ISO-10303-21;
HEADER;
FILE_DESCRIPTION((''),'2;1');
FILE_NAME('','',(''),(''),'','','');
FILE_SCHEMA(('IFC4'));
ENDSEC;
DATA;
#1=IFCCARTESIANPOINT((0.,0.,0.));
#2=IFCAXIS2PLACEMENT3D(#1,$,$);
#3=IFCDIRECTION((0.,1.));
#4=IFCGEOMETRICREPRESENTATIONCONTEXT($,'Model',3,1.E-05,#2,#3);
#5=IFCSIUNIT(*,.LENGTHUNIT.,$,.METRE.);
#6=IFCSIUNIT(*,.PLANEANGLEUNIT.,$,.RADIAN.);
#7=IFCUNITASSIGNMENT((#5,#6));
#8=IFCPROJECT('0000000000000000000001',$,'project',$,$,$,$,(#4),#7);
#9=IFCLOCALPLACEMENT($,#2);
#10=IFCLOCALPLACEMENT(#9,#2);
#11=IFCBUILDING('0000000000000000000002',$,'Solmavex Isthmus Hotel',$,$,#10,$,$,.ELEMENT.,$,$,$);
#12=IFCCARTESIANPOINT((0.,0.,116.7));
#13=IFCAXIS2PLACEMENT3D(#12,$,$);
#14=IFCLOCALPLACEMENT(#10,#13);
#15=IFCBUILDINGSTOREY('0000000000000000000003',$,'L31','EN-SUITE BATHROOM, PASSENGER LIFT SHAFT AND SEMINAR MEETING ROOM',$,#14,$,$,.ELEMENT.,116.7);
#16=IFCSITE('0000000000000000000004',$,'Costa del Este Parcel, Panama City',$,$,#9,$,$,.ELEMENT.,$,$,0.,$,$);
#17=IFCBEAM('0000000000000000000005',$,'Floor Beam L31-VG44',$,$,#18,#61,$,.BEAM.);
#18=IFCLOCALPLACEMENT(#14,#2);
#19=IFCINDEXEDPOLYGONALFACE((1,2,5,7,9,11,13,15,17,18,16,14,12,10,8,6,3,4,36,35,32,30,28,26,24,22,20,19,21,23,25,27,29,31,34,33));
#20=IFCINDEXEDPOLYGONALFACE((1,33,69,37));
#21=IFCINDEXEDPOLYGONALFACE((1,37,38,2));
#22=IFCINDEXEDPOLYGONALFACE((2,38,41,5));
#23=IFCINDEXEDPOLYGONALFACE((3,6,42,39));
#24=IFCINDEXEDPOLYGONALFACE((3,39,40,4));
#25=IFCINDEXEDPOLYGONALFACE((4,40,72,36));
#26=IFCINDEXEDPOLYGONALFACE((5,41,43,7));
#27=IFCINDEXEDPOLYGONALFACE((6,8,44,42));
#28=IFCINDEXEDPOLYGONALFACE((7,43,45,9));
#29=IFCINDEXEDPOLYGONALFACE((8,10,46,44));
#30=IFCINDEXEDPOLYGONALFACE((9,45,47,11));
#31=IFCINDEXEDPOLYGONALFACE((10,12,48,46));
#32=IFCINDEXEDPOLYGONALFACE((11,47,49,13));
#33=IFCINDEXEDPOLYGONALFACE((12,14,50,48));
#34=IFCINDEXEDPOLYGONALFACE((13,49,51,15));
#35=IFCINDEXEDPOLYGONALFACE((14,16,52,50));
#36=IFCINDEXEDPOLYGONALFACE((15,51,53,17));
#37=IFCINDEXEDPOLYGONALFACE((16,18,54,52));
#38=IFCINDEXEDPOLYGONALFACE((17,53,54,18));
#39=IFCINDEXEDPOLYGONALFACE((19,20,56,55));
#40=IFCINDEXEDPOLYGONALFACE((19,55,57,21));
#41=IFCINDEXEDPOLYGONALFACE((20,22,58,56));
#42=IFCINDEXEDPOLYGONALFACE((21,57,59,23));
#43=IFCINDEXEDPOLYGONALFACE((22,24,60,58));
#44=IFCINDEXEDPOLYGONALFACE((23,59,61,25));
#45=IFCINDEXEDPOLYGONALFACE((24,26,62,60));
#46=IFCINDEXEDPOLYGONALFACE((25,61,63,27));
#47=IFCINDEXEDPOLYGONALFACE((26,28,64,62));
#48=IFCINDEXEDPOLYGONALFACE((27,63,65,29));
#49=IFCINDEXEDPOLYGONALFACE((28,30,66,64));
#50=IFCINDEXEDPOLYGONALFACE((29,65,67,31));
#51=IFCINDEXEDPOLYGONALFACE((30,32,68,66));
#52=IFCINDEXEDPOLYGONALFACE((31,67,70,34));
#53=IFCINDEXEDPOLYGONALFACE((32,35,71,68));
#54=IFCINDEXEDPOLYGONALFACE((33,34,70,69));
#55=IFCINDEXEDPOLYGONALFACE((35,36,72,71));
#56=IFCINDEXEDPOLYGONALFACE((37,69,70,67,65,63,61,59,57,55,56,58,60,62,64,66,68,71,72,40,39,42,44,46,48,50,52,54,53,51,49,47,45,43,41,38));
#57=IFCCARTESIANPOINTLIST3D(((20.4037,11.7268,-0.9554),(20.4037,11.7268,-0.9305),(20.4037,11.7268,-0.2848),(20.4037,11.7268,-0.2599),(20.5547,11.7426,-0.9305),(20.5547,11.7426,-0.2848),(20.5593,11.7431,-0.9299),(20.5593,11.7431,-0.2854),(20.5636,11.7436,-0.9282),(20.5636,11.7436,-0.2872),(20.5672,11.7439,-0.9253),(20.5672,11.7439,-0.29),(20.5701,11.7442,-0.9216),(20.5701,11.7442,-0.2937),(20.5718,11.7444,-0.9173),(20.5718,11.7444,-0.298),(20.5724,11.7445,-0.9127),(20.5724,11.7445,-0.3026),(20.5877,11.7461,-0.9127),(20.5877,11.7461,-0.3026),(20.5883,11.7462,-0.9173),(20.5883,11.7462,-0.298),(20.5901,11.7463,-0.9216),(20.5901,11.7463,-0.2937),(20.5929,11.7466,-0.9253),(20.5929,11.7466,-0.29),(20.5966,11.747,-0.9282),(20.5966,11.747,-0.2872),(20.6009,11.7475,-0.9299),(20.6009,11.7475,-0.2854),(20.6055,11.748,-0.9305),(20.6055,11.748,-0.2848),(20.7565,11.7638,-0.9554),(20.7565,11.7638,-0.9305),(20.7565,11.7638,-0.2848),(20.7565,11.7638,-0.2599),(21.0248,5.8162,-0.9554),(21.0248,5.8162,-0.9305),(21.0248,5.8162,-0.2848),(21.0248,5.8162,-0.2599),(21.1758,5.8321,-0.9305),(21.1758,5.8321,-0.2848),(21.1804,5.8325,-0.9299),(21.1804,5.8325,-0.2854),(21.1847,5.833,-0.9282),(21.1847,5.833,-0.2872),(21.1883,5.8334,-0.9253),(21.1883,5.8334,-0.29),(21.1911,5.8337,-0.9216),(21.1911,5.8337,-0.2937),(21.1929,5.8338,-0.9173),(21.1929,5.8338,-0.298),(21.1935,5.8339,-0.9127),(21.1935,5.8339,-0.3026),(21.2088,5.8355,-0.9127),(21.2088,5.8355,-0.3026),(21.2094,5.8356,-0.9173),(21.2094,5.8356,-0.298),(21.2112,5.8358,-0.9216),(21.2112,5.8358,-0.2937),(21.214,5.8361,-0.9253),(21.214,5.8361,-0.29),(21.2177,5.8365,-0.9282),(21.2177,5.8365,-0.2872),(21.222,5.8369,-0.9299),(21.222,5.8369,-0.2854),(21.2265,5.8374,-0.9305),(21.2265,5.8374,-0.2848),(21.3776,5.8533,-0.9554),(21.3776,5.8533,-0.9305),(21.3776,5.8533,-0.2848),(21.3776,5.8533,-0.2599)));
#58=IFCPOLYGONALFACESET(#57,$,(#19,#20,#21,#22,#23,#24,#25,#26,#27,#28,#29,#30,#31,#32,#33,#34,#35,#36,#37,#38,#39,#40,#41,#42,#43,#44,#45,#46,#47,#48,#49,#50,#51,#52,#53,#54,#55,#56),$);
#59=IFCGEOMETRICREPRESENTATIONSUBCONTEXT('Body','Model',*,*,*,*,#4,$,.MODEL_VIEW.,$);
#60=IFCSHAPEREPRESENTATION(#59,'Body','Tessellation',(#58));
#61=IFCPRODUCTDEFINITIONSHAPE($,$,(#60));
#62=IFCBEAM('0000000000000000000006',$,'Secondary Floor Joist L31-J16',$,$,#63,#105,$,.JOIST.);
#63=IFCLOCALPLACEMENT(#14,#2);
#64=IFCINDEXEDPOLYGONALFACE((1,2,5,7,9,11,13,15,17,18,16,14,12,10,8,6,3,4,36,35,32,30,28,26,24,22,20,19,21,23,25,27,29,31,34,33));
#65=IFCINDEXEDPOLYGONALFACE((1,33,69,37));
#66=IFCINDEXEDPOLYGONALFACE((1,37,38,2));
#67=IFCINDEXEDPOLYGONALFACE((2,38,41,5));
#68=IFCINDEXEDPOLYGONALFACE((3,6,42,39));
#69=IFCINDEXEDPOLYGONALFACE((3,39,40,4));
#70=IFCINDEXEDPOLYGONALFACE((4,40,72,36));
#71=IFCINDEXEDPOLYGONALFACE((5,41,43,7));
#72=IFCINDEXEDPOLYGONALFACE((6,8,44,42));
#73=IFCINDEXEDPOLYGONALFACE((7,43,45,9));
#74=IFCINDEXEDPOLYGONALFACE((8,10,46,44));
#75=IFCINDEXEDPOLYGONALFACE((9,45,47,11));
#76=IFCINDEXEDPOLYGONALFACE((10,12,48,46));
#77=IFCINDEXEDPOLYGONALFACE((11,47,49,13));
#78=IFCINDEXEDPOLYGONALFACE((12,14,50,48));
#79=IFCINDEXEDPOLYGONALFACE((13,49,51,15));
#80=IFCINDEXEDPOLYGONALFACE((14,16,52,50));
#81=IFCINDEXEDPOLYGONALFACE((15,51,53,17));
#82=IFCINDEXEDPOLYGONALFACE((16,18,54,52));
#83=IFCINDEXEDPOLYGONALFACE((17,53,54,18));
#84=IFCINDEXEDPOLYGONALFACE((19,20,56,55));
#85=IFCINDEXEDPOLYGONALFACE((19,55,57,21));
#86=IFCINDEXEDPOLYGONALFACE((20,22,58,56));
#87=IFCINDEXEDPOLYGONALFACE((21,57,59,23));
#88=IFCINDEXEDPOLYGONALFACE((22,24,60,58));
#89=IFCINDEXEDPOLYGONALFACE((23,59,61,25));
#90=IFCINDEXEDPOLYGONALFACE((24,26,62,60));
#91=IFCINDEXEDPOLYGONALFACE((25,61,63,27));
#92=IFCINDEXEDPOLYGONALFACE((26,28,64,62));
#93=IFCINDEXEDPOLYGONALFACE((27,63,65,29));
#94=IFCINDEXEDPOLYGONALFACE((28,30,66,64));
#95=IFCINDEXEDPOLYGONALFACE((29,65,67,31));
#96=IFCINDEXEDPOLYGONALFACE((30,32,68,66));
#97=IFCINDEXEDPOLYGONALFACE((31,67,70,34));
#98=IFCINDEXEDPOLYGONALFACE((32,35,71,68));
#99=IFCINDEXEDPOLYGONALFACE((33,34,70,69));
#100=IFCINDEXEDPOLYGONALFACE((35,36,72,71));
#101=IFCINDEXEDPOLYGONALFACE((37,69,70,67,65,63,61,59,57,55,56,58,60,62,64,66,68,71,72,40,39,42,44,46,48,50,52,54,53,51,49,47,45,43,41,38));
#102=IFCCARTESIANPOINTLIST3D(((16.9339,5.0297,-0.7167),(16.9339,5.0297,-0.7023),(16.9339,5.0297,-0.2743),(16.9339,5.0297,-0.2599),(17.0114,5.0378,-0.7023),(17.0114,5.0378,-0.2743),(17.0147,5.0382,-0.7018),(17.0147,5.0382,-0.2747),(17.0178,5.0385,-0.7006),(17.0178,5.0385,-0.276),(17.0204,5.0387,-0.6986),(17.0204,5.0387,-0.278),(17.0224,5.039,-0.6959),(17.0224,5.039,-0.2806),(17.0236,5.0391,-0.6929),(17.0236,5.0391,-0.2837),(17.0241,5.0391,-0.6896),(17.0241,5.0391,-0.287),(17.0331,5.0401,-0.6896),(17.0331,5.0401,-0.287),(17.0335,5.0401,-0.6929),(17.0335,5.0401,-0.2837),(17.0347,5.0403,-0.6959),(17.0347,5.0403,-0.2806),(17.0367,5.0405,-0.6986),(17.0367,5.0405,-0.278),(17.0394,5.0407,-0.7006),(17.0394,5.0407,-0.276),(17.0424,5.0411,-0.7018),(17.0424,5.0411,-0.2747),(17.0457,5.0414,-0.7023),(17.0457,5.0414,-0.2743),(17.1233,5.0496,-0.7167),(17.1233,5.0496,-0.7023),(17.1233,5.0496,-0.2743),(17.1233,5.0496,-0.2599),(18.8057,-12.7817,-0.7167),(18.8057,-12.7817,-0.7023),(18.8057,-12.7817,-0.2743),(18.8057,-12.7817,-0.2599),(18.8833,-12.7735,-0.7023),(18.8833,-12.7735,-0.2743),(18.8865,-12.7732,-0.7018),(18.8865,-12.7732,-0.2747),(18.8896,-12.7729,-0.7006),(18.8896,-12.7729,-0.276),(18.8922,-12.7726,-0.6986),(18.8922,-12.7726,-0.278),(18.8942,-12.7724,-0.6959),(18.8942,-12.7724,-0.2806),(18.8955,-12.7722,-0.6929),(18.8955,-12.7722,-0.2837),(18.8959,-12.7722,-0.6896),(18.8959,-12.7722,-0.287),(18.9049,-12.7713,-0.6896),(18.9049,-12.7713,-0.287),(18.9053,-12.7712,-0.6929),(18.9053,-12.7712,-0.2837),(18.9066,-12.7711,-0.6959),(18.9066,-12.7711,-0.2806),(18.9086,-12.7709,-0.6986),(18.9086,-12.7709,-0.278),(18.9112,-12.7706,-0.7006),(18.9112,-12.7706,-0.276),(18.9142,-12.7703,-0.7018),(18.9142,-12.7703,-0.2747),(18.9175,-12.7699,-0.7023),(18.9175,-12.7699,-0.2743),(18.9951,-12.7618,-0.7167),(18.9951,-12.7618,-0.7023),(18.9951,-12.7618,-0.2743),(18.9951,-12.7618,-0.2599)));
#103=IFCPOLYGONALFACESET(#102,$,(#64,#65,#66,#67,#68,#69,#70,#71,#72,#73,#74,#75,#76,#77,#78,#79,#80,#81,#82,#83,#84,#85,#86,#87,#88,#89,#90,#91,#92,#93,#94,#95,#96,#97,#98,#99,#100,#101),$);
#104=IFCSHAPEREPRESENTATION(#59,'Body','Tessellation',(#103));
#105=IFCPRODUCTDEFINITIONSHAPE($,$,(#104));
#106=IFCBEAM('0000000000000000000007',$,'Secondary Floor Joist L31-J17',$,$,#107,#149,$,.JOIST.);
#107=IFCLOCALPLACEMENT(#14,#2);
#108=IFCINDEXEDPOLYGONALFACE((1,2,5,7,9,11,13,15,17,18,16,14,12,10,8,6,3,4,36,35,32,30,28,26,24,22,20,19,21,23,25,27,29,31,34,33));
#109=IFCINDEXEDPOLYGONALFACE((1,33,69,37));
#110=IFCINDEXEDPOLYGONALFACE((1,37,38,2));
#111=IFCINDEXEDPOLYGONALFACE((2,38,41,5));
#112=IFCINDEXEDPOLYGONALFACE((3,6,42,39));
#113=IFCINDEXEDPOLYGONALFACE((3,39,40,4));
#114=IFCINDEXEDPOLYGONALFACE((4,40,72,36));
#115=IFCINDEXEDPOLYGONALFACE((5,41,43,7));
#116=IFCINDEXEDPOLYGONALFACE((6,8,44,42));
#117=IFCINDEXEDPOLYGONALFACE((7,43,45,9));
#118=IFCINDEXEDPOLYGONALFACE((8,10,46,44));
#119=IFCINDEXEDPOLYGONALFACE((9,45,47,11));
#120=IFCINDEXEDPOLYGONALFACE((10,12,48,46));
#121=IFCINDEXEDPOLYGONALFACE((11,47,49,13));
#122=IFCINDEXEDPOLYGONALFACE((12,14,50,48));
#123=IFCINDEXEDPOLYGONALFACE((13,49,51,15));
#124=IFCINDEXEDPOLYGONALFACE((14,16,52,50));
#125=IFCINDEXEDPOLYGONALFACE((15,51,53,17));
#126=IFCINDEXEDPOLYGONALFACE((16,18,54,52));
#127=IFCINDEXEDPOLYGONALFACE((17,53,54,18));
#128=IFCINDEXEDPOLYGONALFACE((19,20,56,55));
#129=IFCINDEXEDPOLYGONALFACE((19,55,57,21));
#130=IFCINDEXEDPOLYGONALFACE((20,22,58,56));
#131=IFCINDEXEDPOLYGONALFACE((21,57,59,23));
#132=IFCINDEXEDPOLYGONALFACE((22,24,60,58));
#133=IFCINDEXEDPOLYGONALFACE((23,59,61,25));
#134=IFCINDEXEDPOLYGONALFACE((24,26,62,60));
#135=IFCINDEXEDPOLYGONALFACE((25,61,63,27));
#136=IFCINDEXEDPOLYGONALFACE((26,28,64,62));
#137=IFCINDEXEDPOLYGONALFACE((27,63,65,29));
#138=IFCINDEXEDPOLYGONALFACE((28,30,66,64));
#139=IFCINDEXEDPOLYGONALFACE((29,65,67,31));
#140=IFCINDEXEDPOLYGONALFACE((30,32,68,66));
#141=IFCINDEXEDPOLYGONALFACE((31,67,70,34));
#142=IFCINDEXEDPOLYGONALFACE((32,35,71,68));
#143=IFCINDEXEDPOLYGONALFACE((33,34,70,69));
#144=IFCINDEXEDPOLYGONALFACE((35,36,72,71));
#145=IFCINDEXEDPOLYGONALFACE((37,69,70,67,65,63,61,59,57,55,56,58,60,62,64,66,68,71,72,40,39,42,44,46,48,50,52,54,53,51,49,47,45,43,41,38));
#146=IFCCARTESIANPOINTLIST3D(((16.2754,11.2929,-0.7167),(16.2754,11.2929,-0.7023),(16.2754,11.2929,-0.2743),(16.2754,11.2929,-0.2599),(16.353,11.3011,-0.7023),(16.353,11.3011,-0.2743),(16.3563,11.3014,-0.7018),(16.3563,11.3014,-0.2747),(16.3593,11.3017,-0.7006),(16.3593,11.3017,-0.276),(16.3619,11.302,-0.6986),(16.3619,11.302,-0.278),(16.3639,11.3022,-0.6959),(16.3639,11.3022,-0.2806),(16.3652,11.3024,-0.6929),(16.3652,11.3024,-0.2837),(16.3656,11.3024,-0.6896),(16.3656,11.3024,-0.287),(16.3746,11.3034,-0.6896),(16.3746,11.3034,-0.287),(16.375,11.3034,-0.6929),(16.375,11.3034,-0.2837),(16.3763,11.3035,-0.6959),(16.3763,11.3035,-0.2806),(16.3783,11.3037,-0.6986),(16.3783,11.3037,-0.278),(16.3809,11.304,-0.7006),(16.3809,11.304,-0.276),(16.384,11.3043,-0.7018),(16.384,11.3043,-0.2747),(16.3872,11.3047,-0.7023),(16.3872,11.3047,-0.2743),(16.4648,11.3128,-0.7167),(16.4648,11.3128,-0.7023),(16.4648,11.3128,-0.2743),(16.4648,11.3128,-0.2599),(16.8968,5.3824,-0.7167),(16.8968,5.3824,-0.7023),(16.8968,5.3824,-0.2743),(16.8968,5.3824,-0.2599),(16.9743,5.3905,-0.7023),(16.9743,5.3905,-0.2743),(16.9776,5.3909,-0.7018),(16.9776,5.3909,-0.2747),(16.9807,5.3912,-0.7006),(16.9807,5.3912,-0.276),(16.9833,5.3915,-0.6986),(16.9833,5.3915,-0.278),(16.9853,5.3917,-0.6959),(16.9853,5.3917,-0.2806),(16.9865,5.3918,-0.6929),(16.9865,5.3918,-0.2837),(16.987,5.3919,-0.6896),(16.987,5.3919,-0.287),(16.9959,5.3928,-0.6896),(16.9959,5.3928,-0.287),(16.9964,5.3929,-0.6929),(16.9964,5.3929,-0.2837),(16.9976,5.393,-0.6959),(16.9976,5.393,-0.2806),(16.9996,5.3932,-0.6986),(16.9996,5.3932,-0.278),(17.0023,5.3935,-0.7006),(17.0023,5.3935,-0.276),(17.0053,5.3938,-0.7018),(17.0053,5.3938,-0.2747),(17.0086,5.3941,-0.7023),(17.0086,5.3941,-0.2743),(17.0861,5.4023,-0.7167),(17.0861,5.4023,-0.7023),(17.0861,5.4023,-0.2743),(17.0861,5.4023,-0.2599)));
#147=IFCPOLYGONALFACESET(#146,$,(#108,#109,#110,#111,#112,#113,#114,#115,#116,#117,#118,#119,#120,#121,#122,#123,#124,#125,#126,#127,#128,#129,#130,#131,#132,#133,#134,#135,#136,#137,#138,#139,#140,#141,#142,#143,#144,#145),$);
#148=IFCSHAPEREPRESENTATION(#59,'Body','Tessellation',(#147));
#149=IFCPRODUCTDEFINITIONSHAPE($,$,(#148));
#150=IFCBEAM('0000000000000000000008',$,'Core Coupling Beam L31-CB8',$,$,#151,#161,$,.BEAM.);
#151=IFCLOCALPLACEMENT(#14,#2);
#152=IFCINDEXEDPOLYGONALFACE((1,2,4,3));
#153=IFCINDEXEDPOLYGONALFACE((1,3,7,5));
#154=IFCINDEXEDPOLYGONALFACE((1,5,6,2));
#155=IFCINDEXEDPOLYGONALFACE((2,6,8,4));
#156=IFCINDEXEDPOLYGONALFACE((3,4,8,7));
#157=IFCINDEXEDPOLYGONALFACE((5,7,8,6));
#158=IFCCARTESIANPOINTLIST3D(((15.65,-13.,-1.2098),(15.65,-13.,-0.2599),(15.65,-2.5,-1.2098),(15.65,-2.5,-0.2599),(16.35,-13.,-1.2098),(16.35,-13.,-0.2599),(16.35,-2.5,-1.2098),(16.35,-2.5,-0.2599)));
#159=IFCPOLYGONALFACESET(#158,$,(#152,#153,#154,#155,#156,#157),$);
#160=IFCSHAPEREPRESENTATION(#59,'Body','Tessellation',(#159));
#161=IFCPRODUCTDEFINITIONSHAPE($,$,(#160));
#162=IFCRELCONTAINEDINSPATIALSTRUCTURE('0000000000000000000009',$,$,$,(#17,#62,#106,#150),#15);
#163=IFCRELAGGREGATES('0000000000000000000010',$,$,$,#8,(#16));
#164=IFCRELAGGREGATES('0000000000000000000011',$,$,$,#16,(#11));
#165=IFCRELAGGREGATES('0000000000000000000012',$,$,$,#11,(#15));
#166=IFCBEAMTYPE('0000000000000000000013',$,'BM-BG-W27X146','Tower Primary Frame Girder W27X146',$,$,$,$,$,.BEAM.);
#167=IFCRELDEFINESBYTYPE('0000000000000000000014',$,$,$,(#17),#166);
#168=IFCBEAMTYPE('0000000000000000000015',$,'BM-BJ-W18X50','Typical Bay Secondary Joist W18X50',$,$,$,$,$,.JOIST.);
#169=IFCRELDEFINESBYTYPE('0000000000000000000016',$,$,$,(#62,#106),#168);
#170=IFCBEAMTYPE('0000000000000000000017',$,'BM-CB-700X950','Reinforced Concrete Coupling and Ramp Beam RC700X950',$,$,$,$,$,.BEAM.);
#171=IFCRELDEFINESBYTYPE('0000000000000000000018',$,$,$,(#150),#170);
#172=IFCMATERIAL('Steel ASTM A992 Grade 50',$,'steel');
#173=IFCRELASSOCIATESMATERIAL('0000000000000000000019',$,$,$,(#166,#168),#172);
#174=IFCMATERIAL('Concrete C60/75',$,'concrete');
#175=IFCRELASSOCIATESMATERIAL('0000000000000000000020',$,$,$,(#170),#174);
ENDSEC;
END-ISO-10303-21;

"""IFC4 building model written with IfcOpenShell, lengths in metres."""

from ifc_helpers import new_model, si_unit, direction, frame, origin, origin_2d, place, context, subcontext, project, spatial, rectangle, i_section, extrude, material, material_profile, profile_set, type_object, element, save


model = new_model("IFC4")

# Units and contexts
model_context = context("Model", 3, precision=1e-05, world=origin(), true_north=direction((0.0, 1.0)))
body_context = subcontext(model_context, "Body", "Model", "MODEL_VIEW")
ifc_project = project(units=[si_unit("LENGTHUNIT", "METRE"), si_unit("PLANEANGLEUNIT", "RADIAN")], contexts=[model_context])

# Site, building, storey
site_placement = place(None, origin())
site = spatial("IfcSite", under=ifc_project, at=site_placement, Name="Costa del Este Parcel, Panama City", CompositionType="ELEMENT", RefElevation=0.0)
building_placement = place(site_placement, origin())
building = spatial("IfcBuilding", under=site, at=building_placement, Name="Solmavex Isthmus Hotel", CompositionType="ELEMENT")
storey_placement = place(building_placement, frame((0.0, 0.0, 116.7)))
storey = spatial("IfcBuildingStorey", under=building, at=storey_placement, Name="L31", Description="EN-SUITE BATHROOM, PASSENGER LIFT SHAFT AND SEMINAR MEETING ROOM", CompositionType="ELEMENT", Elevation=116.7)

# Shared definitions
ifc_material_1 = material(Name="Concrete C60/75", Category="concrete")

# Beams
ifc_material_2 = material(Name="Steel ASTM A992 Grade 50", Category="steel")
ifc_material_profile_1 = material_profile(ifc_material_2, i_section(OverallWidth=0.3547, OverallDepth=0.6956, WebThickness=0.0154, FlangeThickness=0.0249, FilletRadius=0.0178, at=origin_2d()), Name="W27X146")
ifc_profile_set_1 = profile_set([ifc_material_profile_1], Name="Steel ASTM A992 Grade 50")
beam_type_1 = type_object("IfcBeamType", Name="BM-BG-W27X146", Description="Tower Primary Frame Girder W27X146", PredefinedType="BEAM", material=ifc_profile_set_1)
beam_1_placement = place(storey_placement, frame((21.2012, 5.8347, -0.6077), z_axis=(-0.104505, 0.994524, 0.0), x_axis=(-0.994524, -0.104505, 0.0)))
element("IfcBeam", 1, at=beam_1_placement, inside=storey, type_object=beam_type_1, Name="Floor Beam L31-VG44", PredefinedType="BEAM", context=body_context, shape_type="SweptSolid", body=[
    extrude(i_section(OverallWidth=0.3547, OverallDepth=0.6956, WebThickness=0.0154, FlangeThickness=0.0249, FilletRadius=0.0178, at=origin_2d()), origin(), (0.0, 0.0, 1.0), 5.9431),
])
ifc_material_profile_2 = material_profile(ifc_material_2, i_section(OverallWidth=0.1904, OverallDepth=0.4568, WebThickness=0.009, FlangeThickness=0.0144, FilletRadius=0.0127, at=origin_2d()), Name="W18X50")
ifc_profile_set_2 = profile_set([ifc_material_profile_2], Name="Steel ASTM A992 Grade 50")
beam_type_2 = type_object("IfcBeamType", Name="BM-BJ-W18X50", Description="Typical Bay Secondary Joist W18X50", PredefinedType="JOIST", material=ifc_profile_set_2)
beam_2_placement = place(storey_placement, frame((18.9004, -12.7717, -0.4883), z_axis=(-0.104517, 0.994523, 0.0), x_axis=(-0.994523, -0.104517, 0.0)))
element("IfcBeam", 2, at=beam_2_placement, inside=storey, type_object=beam_type_2, Name="Secondary Floor Joist L31-J16", PredefinedType="JOIST", context=body_context, shape_type="SweptSolid", body=[
    extrude(i_section(OverallWidth=0.1904, OverallDepth=0.4568, WebThickness=0.009, FlangeThickness=0.0144, FilletRadius=0.0127, at=origin_2d()), origin(), (0.0, 0.0, 1.0), 17.9094),
])
beam_3_placement = place(storey_placement, frame((16.9915, 5.3923, -0.4883), z_axis=(-0.104546, 0.99452, 0.0), x_axis=(-0.99452, -0.104546, 0.0)))
element("IfcBeam", 3, at=beam_3_placement, inside=storey, type_object=beam_type_2, Name="Secondary Floor Joist L31-J17", PredefinedType="JOIST", context=body_context, shape_type="SweptSolid", body=[
    extrude(i_section(OverallWidth=0.1904, OverallDepth=0.4568, WebThickness=0.009, FlangeThickness=0.0144, FilletRadius=0.0127, at=origin_2d()), origin(), (0.0, 0.0, 1.0), 5.9431),
])
ifc_material_profile_3 = material_profile(ifc_material_1, rectangle(XDim=0.7, YDim=0.95, at=origin_2d()), Name="RC700X950")
ifc_profile_set_3 = profile_set([ifc_material_profile_3], Name="Concrete C60/75")
beam_type_3 = type_object("IfcBeamType", Name="BM-CB-700X950", Description="Reinforced Concrete Coupling and Ramp Beam RC700X950", PredefinedType="BEAM", material=ifc_profile_set_3)
beam_4_placement = place(storey_placement, frame((16.0, -13.0, -0.7349), z_axis=(0.0, 1.0, 0.0), x_axis=(-1.0, 0.0, 0.0)))
element("IfcBeam", 4, at=beam_4_placement, inside=storey, type_object=beam_type_3, Name="Core Coupling Beam L31-CB8", PredefinedType="BEAM", context=body_context, shape_type="SweptSolid", body=[
    extrude(rectangle(XDim=0.7, YDim=0.95, at=origin_2d()), origin(), (0.0, 0.0, 1.0), 10.5),
])

save(model, "model.ifc")
